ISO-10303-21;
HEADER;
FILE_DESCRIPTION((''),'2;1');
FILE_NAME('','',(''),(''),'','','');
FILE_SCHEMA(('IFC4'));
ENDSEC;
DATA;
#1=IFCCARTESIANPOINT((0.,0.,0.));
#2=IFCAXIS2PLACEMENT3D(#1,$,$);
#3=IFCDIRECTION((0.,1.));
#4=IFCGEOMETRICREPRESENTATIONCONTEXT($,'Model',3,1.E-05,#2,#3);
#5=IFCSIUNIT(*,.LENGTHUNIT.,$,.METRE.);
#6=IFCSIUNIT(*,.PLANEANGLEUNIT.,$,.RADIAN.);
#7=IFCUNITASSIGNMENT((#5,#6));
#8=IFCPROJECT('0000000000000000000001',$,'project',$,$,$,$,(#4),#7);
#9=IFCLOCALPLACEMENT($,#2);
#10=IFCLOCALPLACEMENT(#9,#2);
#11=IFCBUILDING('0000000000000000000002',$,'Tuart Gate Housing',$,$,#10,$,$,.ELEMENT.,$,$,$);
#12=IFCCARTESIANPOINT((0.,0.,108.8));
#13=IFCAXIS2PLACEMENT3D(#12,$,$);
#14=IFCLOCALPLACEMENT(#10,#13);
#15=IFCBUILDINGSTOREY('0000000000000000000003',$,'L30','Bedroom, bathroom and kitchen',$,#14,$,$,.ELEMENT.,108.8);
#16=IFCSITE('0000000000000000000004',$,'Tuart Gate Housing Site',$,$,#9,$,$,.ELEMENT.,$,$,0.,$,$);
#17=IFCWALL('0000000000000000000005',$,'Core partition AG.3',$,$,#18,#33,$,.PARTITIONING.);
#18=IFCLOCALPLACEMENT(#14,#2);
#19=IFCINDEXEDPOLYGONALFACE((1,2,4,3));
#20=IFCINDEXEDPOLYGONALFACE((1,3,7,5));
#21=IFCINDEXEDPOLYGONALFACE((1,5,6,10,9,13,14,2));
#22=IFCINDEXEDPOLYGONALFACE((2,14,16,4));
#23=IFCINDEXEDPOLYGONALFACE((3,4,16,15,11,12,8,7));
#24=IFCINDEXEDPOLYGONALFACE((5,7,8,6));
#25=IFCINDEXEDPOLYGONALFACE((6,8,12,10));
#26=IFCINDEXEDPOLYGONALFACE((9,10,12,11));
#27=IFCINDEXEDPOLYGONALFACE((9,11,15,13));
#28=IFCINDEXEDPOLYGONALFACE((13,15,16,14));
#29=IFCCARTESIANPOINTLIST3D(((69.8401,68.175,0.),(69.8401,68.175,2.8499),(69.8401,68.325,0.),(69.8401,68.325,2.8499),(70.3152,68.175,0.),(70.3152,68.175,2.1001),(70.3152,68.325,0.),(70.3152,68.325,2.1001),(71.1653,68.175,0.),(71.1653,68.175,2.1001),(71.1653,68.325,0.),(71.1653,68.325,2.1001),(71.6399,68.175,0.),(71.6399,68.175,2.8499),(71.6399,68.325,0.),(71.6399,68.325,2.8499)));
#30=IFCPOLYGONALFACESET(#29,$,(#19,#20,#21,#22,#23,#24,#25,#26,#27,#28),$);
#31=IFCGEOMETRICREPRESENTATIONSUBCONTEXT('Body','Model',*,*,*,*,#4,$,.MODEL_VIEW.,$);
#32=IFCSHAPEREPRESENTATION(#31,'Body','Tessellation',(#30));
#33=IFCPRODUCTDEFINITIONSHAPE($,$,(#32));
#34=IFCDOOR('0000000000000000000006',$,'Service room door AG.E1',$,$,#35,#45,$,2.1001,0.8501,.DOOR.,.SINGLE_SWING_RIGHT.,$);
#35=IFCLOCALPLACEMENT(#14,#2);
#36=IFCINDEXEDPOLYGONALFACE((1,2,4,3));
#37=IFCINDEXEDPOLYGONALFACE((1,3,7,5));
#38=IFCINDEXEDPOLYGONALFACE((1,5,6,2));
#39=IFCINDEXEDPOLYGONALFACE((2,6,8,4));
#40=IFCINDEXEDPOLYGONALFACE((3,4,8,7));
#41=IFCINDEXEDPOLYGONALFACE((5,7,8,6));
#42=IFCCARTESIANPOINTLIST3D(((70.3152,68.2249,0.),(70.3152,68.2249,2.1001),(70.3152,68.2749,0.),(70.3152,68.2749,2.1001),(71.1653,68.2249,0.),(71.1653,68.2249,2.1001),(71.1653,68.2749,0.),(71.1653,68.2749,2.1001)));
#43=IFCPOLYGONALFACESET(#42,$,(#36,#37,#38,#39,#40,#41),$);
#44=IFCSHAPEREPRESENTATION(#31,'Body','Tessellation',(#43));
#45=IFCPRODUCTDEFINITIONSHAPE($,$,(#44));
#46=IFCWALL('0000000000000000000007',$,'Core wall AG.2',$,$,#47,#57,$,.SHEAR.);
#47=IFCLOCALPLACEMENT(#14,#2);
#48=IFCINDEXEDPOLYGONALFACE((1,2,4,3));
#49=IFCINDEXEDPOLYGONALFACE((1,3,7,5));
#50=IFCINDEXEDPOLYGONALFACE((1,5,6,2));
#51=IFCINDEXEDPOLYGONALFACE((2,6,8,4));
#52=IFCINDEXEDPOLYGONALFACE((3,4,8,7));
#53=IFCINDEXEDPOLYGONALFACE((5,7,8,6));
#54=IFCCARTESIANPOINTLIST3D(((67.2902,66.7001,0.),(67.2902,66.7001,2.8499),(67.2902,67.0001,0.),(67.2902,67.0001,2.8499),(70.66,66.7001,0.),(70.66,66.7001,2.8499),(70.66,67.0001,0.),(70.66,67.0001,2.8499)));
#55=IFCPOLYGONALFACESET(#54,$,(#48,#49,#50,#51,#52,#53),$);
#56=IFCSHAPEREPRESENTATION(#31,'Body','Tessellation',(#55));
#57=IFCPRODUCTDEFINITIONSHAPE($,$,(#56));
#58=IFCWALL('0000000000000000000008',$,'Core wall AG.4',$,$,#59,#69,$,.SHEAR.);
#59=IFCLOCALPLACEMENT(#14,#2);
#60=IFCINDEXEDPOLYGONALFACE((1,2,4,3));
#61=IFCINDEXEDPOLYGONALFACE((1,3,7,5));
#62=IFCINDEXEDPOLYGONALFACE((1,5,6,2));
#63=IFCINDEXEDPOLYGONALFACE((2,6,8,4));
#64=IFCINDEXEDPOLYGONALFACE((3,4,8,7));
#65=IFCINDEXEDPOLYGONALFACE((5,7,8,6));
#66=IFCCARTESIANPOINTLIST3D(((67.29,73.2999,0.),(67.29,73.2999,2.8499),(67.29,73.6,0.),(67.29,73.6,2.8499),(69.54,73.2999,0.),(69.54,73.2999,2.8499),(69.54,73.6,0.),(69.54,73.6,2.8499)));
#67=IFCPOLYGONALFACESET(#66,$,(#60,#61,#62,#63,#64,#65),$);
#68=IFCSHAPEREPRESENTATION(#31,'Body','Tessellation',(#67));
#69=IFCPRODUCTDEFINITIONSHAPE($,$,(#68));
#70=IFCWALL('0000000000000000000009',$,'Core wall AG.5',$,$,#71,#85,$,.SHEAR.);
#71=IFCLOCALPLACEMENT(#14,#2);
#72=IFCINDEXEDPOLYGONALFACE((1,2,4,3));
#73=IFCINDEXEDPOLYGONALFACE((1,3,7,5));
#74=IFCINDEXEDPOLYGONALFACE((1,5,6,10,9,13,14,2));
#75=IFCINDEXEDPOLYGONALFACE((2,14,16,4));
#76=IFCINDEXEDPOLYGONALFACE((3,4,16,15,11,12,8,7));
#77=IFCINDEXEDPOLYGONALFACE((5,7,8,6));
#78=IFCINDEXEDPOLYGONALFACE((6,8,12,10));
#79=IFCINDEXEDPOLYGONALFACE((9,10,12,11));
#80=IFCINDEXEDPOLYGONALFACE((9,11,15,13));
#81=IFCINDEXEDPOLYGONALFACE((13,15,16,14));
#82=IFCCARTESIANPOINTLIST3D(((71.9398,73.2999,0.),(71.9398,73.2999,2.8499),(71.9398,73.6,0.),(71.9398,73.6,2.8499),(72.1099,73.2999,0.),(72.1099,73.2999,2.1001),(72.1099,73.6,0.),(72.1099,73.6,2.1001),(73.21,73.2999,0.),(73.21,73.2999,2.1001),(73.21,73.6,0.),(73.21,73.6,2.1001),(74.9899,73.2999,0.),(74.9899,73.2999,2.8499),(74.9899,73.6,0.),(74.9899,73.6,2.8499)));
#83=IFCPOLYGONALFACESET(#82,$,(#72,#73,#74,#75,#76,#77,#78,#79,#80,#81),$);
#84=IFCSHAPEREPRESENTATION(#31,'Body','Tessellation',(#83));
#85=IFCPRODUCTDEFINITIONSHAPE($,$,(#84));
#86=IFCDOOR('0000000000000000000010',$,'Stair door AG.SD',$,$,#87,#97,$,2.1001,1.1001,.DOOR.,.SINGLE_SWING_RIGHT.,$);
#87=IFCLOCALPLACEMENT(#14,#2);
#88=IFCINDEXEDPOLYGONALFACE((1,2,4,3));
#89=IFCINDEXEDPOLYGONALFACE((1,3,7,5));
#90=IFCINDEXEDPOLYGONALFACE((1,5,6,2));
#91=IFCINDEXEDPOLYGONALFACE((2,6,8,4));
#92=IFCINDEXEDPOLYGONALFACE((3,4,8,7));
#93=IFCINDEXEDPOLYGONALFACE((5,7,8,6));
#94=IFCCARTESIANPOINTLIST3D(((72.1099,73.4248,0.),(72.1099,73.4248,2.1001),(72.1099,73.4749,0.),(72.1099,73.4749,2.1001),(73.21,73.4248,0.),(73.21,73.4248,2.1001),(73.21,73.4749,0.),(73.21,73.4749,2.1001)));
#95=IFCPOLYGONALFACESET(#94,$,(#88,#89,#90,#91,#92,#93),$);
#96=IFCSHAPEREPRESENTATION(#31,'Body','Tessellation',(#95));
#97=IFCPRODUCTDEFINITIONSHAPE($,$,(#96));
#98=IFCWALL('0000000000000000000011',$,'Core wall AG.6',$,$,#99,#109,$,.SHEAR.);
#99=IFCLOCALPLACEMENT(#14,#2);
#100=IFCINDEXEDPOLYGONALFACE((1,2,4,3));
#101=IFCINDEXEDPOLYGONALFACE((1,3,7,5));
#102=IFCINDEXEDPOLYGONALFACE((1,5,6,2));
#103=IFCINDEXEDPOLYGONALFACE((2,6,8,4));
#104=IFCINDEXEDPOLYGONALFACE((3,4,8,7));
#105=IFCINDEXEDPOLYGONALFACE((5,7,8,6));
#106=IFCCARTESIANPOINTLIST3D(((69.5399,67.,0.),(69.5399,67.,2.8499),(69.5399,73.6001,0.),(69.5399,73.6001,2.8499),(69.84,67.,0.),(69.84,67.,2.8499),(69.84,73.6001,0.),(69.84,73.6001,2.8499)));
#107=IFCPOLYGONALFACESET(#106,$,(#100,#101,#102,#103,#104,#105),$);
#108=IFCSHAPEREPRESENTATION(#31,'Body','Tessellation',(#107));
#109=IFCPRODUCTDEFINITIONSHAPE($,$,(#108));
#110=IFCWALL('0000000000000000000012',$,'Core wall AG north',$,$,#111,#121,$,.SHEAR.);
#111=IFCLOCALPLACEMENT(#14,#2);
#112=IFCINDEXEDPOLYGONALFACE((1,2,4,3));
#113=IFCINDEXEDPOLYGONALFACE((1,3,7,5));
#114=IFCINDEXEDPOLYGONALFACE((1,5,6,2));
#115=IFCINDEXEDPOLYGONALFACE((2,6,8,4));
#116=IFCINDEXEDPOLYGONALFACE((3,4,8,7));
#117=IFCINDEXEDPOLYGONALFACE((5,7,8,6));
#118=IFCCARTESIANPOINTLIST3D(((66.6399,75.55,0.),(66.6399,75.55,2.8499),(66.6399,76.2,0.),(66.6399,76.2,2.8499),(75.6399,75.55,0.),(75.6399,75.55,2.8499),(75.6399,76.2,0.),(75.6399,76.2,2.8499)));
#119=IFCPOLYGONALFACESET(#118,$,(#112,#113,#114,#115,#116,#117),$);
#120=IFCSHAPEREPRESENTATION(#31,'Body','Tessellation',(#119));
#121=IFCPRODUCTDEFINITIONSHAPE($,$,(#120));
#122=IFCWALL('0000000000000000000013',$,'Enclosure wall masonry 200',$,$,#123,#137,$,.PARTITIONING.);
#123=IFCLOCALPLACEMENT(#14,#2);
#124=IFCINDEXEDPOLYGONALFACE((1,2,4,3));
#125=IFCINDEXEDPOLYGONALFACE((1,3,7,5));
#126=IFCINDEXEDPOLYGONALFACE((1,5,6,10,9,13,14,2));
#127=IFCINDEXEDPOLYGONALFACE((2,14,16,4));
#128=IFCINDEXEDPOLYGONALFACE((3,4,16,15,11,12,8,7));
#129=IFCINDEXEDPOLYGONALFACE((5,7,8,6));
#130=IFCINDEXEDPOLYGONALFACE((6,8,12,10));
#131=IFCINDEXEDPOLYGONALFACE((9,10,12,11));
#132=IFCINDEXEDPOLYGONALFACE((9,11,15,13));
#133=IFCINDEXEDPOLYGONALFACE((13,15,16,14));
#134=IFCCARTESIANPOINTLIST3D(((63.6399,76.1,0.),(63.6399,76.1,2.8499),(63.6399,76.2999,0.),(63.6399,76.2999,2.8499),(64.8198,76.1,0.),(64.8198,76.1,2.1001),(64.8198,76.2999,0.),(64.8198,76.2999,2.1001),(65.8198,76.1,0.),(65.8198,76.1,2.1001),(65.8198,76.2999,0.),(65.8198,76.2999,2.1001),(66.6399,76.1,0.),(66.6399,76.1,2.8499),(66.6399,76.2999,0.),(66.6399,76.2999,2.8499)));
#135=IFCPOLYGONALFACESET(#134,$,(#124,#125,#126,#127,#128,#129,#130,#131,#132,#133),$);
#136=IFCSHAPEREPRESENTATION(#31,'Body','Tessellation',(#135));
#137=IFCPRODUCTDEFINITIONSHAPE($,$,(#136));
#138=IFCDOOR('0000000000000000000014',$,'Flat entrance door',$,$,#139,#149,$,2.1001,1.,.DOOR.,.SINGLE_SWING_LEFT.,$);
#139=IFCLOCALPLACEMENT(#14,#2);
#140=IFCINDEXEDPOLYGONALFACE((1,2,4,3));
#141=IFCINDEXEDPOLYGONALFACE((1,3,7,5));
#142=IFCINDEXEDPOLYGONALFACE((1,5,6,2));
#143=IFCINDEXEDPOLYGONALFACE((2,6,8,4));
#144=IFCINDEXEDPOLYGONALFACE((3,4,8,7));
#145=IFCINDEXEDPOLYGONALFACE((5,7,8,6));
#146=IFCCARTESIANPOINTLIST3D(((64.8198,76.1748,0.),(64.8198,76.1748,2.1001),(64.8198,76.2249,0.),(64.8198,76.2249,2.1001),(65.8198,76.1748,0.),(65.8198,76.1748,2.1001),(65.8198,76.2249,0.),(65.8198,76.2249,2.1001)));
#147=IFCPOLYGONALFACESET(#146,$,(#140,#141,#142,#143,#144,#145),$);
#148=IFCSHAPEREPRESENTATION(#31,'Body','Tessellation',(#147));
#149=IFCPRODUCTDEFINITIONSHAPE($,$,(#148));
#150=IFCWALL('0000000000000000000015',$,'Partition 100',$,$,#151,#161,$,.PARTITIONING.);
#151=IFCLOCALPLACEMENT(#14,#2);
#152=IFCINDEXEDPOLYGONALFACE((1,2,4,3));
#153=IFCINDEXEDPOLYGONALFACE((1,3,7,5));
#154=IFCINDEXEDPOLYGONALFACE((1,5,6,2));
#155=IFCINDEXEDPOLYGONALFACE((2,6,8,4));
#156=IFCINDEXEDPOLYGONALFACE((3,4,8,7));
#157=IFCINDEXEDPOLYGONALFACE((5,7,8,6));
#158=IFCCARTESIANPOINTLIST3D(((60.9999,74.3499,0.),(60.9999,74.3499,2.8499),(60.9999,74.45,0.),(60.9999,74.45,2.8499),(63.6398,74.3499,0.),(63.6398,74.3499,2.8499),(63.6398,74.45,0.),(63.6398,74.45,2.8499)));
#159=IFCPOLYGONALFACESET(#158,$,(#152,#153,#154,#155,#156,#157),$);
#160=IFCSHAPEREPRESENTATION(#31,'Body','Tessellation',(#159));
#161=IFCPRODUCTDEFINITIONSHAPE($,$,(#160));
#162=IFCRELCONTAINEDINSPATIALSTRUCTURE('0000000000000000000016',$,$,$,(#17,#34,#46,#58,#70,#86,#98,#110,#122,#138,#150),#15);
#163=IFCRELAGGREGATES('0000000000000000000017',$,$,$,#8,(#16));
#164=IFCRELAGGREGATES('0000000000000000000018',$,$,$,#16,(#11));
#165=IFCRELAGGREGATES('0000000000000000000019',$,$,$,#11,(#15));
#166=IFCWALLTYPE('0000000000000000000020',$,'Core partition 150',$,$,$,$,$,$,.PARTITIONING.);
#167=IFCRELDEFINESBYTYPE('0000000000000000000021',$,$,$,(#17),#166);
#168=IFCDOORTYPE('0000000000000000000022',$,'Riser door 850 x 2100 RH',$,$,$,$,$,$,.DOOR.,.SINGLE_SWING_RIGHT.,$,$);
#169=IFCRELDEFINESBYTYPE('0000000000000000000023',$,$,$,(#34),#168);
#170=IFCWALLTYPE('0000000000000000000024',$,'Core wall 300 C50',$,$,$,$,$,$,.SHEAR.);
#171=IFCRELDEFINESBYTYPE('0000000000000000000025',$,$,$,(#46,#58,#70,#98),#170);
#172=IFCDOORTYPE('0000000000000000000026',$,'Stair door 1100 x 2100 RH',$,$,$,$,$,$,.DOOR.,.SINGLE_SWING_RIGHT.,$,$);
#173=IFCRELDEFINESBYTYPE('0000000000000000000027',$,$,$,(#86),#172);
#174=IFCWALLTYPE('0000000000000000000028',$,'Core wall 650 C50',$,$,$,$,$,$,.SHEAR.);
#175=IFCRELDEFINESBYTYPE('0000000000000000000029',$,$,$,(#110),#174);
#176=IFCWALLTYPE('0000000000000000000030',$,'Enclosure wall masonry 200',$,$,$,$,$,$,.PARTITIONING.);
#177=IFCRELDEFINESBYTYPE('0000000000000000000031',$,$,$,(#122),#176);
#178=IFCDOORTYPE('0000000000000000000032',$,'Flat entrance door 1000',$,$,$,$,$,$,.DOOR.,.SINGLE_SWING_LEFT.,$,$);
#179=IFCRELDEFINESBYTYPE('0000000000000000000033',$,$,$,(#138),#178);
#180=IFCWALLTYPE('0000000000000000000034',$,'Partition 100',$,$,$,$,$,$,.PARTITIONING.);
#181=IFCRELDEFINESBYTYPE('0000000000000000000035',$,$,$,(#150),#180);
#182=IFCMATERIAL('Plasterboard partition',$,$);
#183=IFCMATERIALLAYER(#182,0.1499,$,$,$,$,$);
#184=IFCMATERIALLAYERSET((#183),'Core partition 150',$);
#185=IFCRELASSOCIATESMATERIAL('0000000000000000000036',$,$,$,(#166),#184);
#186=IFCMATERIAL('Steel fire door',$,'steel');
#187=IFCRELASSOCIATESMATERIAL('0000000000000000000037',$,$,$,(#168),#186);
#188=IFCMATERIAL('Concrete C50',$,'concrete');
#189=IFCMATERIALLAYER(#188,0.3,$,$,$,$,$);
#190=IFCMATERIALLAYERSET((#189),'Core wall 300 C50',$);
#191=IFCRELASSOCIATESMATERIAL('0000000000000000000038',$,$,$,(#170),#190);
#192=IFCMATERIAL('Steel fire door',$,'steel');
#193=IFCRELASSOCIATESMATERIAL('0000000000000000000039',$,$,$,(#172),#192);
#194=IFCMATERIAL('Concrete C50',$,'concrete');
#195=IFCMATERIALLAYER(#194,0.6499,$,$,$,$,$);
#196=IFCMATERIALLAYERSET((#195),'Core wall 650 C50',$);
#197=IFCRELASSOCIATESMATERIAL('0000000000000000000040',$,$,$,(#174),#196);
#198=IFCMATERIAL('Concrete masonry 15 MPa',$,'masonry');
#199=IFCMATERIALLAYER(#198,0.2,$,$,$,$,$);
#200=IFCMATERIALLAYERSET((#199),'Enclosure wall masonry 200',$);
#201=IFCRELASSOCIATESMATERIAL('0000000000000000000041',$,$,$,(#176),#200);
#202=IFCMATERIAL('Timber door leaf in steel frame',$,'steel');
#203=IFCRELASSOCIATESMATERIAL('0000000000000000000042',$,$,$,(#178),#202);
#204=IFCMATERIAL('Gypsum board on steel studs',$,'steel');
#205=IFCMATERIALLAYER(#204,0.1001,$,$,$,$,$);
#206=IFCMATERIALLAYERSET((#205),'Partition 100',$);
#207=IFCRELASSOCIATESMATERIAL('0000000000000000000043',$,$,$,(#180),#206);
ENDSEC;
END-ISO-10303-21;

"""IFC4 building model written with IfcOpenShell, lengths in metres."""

from ifc_helpers import new_model, si_unit, direction, frame, frame_2d, origin, place, context, subcontext, project, spatial, rectangle, extrude, material, layer, layer_set, type_object, element, fill, save


model = new_model("IFC4")

# Units and contexts
model_context = context("Model", 3, precision=1e-05, world=origin(), true_north=direction((0.0, 1.0)))
body_context = subcontext(model_context, "Body", "Model", "MODEL_VIEW")
ifc_project = project(units=[si_unit("LENGTHUNIT", "METRE"), si_unit("PLANEANGLEUNIT", "RADIAN")], contexts=[model_context])

# Site, building, storey
site_placement = place(None, origin())
site = spatial("IfcSite", under=ifc_project, at=site_placement, Name="Tuart Gate Housing Site", CompositionType="ELEMENT", RefElevation=0.0)
building_placement = place(site_placement, origin())
building = spatial("IfcBuilding", under=site, at=building_placement, Name="Tuart Gate Housing", CompositionType="ELEMENT")
storey_placement = place(building_placement, frame((0.0, 0.0, 108.8)))
storey = spatial("IfcBuildingStorey", under=building, at=storey_placement, Name="L30", Description="Bedroom, bathroom and kitchen", CompositionType="ELEMENT", Elevation=108.8)

# Wall, opening, door
ifc_material_1 = material(Name="Plasterboard partition")
ifc_layer_1 = layer(ifc_material_1, 0.1499)
ifc_layer_set_1 = layer_set([ifc_layer_1], Name="Core partition 150")
wall_type_1 = type_object("IfcWallType", Name="Core partition 150", PredefinedType="PARTITIONING", material=ifc_layer_set_1)
wall_1_placement = place(storey_placement, frame((69.8401, 68.25, 0.0), z_axis=(0.0, 0.0, 1.0), x_axis=(1.0, 0.0, 0.0)))
wall_1 = element("IfcWall", 1, at=wall_1_placement, inside=storey, type_object=wall_type_1, Name="Core partition AG.3", PredefinedType="PARTITIONING", context=body_context, shape_type="SweptSolid", body=[
    extrude(rectangle(XDim=1.7998, YDim=0.1499, at=frame_2d((0.8999, 0.0))), origin(), (0.0, 0.0, 1.0), 2.8499),
])
opening_1_placement = place(wall_1_placement, frame((0.4751, 0.0, 0.0)))
opening_1 = element("IfcOpeningElement", 2, at=opening_1_placement, cuts=wall_1, PredefinedType="OPENING", context=body_context, shape_type="SweptSolid", body=[
    extrude(rectangle(XDim=0.8501, YDim=2.1001, at=frame_2d((0.425, 1.05))), frame((0.0, 0.085, 0.0), z_axis=(0.0, -1.0, 0.0), x_axis=(1.0, 0.0, 0.0)), (0.0, 0.0, 1.0), 0.1699),
])
ifc_material_2 = material(Name="Steel fire door", Category="steel")
door_type_1 = type_object("IfcDoorType", Name="Riser door 850 x 2100 RH", OperationType="SINGLE_SWING_RIGHT", PredefinedType="DOOR", material=ifc_material_2)
door_1_placement = place(opening_1_placement, frame((0.8501, 0.0, 0.0), z_axis=(0.0, 0.0, 1.0), x_axis=(-1.0, 0.0, 0.0)))
door_1 = element("IfcDoor", 3, at=door_1_placement, inside=storey, type_object=door_type_1, Name="Service room door AG.E1", OperationType="SINGLE_SWING_RIGHT", OverallHeight=2.1001, OverallWidth=0.8501, PredefinedType="DOOR", context=body_context, shape_type="SweptSolid", body=[
    extrude(rectangle(XDim=0.8501, YDim=2.1001, at=frame_2d((0.425, 1.05))), frame((0.0, 0.0251, 0.0), z_axis=(0.0, -1.0, 0.0), x_axis=(1.0, 0.0, 0.0)), (0.0, 0.0, 1.0), 0.05),
])
fill(opening_1, door_1)

# Walls
ifc_material_3 = material(Name="Concrete C50", Category="concrete")
ifc_layer_2 = layer(ifc_material_3, 0.3)
ifc_layer_set_2 = layer_set([ifc_layer_2], Name="Core wall 300 C50")
wall_type_2 = type_object("IfcWallType", Name="Core wall 300 C50", PredefinedType="SHEAR", material=ifc_layer_set_2)
wall_2_placement = place(storey_placement, frame((67.29, 66.8501, 0.0), z_axis=(0.0, 0.0, 1.0), x_axis=(1.0, 0.0, 0.0)))
element("IfcWall", 4, at=wall_2_placement, inside=storey, type_object=wall_type_2, Name="Core wall AG.2", PredefinedType="SHEAR", context=body_context, shape_type="SweptSolid", body=[
    extrude(rectangle(XDim=3.3699, YDim=0.3, at=frame_2d((1.6851, 0.0))), origin(), (0.0, 0.0, 1.0), 2.8499),
])
wall_3_placement = place(storey_placement, frame((67.29, 73.45, 0.0), z_axis=(0.0, 0.0, 1.0), x_axis=(1.0, 0.0, 0.0)))
element("IfcWall", 5, at=wall_3_placement, inside=storey, type_object=wall_type_2, Name="Core wall AG.4", PredefinedType="SHEAR", context=body_context, shape_type="SweptSolid", body=[
    extrude(rectangle(XDim=2.25, YDim=0.3, at=frame_2d((1.125, 0.0))), origin(), (0.0, 0.0, 1.0), 2.8499),
])

# Wall, opening, door
wall_4_placement = place(storey_placement, frame((71.9399, 73.45, 0.0), z_axis=(0.0, 0.0, 1.0), x_axis=(1.0, 0.0, 0.0)))
wall_4 = element("IfcWall", 6, at=wall_4_placement, inside=storey, type_object=wall_type_2, Name="Core wall AG.5", PredefinedType="SHEAR", context=body_context, shape_type="SweptSolid", body=[
    extrude(rectangle(XDim=3.05, YDim=0.3, at=frame_2d((1.5249, 0.0))), origin(), (0.0, 0.0, 1.0), 2.8499),
])
opening_2_placement = place(wall_4_placement, frame((0.1699, 0.0, 0.0)))
opening_2 = element("IfcOpeningElement", 7, at=opening_2_placement, cuts=wall_4, PredefinedType="OPENING", context=body_context, shape_type="SweptSolid", body=[
    extrude(rectangle(XDim=1.1001, YDim=2.1001, at=frame_2d((0.55, 1.05))), frame((0.0, 0.1599, 0.0), z_axis=(0.0, -1.0, 0.0), x_axis=(1.0, 0.0, 0.0)), (0.0, 0.0, 1.0), 0.3201),
])
ifc_material_4 = material(Name="Steel fire door", Category="steel")
door_type_2 = type_object("IfcDoorType", Name="Stair door 1100 x 2100 RH", OperationType="SINGLE_SWING_RIGHT", PredefinedType="DOOR", material=ifc_material_4)
door_2_placement = place(opening_2_placement, frame((1.1001, 0.0, 0.0), z_axis=(0.0, 0.0, 1.0), x_axis=(-1.0, 0.0, 0.0)))
door_2 = element("IfcDoor", 8, at=door_2_placement, inside=storey, type_object=door_type_2, Name="Stair door AG.SD", OperationType="SINGLE_SWING_RIGHT", OverallHeight=2.1001, OverallWidth=1.1001, PredefinedType="DOOR", context=body_context, shape_type="SweptSolid", body=[
    extrude(rectangle(XDim=1.1001, YDim=2.1001, at=frame_2d((0.55, 1.05))), frame((0.0, 0.0251, 0.0), z_axis=(0.0, -1.0, 0.0), x_axis=(1.0, 0.0, 0.0)), (0.0, 0.0, 1.0), 0.05),
])
fill(opening_2, door_2)

# Walls
wall_5_placement = place(storey_placement, frame((69.6899, 67.0, 0.0), z_axis=(0.0, 0.0, 1.0), x_axis=(0.0, 1.0, 0.0)))
element("IfcWall", 9, at=wall_5_placement, inside=storey, type_object=wall_type_2, Name="Core wall AG.6", PredefinedType="SHEAR", context=body_context, shape_type="SweptSolid", body=[
    extrude(rectangle(XDim=6.6001, YDim=0.3, at=frame_2d((3.3, 0.0))), origin(), (0.0, 0.0, 1.0), 2.8499),
])
ifc_material_5 = material(Name="Concrete C50", Category="concrete")
ifc_layer_3 = layer(ifc_material_5, 0.6499)
ifc_layer_set_3 = layer_set([ifc_layer_3], Name="Core wall 650 C50")
wall_type_3 = type_object("IfcWallType", Name="Core wall 650 C50", PredefinedType="SHEAR", material=ifc_layer_set_3)
wall_6_placement = place(storey_placement, frame((66.6399, 75.875, 0.0), z_axis=(0.0, 0.0, 1.0), x_axis=(1.0, 0.0, 0.0)))
element("IfcWall", 10, at=wall_6_placement, inside=storey, type_object=wall_type_3, Name="Core wall AG north", PredefinedType="SHEAR", context=body_context, shape_type="SweptSolid", body=[
    extrude(rectangle(XDim=9.0, YDim=0.6499, at=frame_2d((4.5, 0.0))), origin(), (0.0, 0.0, 1.0), 2.8499),
])

# Wall, opening, door
ifc_material_6 = material(Name="Concrete masonry 15 MPa", Category="masonry")
ifc_layer_4 = layer(ifc_material_6, 0.2)
ifc_layer_set_4 = layer_set([ifc_layer_4], Name="Enclosure wall masonry 200")
wall_type_4 = type_object("IfcWallType", Name="Enclosure wall masonry 200", PredefinedType="PARTITIONING", material=ifc_layer_set_4)
wall_7_placement = place(storey_placement, frame((63.6399, 76.2, 0.0), z_axis=(0.0, 0.0, 1.0), x_axis=(1.0, 0.0, 0.0)))
wall_7 = element("IfcWall", 11, at=wall_7_placement, inside=storey, type_object=wall_type_4, Name="Enclosure wall masonry 200", PredefinedType="PARTITIONING", context=body_context, shape_type="SweptSolid", body=[
    extrude(rectangle(XDim=3.0, YDim=0.2, at=frame_2d((1.5, 0.0))), origin(), (0.0, 0.0, 1.0), 2.8499),
])
opening_3_placement = place(wall_7_placement, frame((1.1799, 0.0, 0.0)))
opening_3 = element("IfcOpeningElement", 12, at=opening_3_placement, cuts=wall_7, PredefinedType="OPENING", context=body_context, shape_type="SweptSolid", body=[
    extrude(rectangle(XDim=1.0, YDim=2.1001, at=frame_2d((0.5, 1.05))), frame((0.0, 0.1099, 0.0), z_axis=(0.0, -1.0, 0.0), x_axis=(1.0, 0.0, 0.0)), (0.0, 0.0, 1.0), 0.22),
])
ifc_material_7 = material(Name="Timber door leaf in steel frame", Category="steel")
door_type_3 = type_object("IfcDoorType", Name="Flat entrance door 1000", OperationType="SINGLE_SWING_LEFT", PredefinedType="DOOR", material=ifc_material_7)
door_3_placement = place(opening_3_placement, origin())
door_3 = element("IfcDoor", 13, at=door_3_placement, inside=storey, type_object=door_type_3, Name="Flat entrance door", OperationType="SINGLE_SWING_LEFT", OverallHeight=2.1001, OverallWidth=1.0, PredefinedType="DOOR", context=body_context, shape_type="SweptSolid", body=[
    extrude(rectangle(XDim=1.0, YDim=2.1001, at=frame_2d((0.5, 1.05))), frame((0.0, 0.0249, 0.0), z_axis=(0.0, -1.0, 0.0), x_axis=(1.0, 0.0, 0.0)), (0.0, 0.0, 1.0), 0.05),
])
fill(opening_3, door_3)

# Wall
ifc_material_8 = material(Name="Gypsum board on steel studs", Category="steel")
ifc_layer_5 = layer(ifc_material_8, 0.1001)
ifc_layer_set_5 = layer_set([ifc_layer_5], Name="Partition 100")
wall_type_5 = type_object("IfcWallType", Name="Partition 100", PredefinedType="PARTITIONING", material=ifc_layer_set_5)
wall_8_placement = place(storey_placement, frame((61.0, 74.3999, 0.0), z_axis=(0.0, 0.0, 1.0), x_axis=(1.0, 0.0, 0.0)))
element("IfcWall", 14, at=wall_8_placement, inside=storey, type_object=wall_type_5, Name="Partition 100", PredefinedType="PARTITIONING", context=body_context, shape_type="SweptSolid", body=[
    extrude(rectangle(XDim=2.6399, YDim=0.1001, at=frame_2d((1.3198, 0.0))), origin(), (0.0, 0.0, 1.0), 2.8499),
])

save(model, "model.ifc")
